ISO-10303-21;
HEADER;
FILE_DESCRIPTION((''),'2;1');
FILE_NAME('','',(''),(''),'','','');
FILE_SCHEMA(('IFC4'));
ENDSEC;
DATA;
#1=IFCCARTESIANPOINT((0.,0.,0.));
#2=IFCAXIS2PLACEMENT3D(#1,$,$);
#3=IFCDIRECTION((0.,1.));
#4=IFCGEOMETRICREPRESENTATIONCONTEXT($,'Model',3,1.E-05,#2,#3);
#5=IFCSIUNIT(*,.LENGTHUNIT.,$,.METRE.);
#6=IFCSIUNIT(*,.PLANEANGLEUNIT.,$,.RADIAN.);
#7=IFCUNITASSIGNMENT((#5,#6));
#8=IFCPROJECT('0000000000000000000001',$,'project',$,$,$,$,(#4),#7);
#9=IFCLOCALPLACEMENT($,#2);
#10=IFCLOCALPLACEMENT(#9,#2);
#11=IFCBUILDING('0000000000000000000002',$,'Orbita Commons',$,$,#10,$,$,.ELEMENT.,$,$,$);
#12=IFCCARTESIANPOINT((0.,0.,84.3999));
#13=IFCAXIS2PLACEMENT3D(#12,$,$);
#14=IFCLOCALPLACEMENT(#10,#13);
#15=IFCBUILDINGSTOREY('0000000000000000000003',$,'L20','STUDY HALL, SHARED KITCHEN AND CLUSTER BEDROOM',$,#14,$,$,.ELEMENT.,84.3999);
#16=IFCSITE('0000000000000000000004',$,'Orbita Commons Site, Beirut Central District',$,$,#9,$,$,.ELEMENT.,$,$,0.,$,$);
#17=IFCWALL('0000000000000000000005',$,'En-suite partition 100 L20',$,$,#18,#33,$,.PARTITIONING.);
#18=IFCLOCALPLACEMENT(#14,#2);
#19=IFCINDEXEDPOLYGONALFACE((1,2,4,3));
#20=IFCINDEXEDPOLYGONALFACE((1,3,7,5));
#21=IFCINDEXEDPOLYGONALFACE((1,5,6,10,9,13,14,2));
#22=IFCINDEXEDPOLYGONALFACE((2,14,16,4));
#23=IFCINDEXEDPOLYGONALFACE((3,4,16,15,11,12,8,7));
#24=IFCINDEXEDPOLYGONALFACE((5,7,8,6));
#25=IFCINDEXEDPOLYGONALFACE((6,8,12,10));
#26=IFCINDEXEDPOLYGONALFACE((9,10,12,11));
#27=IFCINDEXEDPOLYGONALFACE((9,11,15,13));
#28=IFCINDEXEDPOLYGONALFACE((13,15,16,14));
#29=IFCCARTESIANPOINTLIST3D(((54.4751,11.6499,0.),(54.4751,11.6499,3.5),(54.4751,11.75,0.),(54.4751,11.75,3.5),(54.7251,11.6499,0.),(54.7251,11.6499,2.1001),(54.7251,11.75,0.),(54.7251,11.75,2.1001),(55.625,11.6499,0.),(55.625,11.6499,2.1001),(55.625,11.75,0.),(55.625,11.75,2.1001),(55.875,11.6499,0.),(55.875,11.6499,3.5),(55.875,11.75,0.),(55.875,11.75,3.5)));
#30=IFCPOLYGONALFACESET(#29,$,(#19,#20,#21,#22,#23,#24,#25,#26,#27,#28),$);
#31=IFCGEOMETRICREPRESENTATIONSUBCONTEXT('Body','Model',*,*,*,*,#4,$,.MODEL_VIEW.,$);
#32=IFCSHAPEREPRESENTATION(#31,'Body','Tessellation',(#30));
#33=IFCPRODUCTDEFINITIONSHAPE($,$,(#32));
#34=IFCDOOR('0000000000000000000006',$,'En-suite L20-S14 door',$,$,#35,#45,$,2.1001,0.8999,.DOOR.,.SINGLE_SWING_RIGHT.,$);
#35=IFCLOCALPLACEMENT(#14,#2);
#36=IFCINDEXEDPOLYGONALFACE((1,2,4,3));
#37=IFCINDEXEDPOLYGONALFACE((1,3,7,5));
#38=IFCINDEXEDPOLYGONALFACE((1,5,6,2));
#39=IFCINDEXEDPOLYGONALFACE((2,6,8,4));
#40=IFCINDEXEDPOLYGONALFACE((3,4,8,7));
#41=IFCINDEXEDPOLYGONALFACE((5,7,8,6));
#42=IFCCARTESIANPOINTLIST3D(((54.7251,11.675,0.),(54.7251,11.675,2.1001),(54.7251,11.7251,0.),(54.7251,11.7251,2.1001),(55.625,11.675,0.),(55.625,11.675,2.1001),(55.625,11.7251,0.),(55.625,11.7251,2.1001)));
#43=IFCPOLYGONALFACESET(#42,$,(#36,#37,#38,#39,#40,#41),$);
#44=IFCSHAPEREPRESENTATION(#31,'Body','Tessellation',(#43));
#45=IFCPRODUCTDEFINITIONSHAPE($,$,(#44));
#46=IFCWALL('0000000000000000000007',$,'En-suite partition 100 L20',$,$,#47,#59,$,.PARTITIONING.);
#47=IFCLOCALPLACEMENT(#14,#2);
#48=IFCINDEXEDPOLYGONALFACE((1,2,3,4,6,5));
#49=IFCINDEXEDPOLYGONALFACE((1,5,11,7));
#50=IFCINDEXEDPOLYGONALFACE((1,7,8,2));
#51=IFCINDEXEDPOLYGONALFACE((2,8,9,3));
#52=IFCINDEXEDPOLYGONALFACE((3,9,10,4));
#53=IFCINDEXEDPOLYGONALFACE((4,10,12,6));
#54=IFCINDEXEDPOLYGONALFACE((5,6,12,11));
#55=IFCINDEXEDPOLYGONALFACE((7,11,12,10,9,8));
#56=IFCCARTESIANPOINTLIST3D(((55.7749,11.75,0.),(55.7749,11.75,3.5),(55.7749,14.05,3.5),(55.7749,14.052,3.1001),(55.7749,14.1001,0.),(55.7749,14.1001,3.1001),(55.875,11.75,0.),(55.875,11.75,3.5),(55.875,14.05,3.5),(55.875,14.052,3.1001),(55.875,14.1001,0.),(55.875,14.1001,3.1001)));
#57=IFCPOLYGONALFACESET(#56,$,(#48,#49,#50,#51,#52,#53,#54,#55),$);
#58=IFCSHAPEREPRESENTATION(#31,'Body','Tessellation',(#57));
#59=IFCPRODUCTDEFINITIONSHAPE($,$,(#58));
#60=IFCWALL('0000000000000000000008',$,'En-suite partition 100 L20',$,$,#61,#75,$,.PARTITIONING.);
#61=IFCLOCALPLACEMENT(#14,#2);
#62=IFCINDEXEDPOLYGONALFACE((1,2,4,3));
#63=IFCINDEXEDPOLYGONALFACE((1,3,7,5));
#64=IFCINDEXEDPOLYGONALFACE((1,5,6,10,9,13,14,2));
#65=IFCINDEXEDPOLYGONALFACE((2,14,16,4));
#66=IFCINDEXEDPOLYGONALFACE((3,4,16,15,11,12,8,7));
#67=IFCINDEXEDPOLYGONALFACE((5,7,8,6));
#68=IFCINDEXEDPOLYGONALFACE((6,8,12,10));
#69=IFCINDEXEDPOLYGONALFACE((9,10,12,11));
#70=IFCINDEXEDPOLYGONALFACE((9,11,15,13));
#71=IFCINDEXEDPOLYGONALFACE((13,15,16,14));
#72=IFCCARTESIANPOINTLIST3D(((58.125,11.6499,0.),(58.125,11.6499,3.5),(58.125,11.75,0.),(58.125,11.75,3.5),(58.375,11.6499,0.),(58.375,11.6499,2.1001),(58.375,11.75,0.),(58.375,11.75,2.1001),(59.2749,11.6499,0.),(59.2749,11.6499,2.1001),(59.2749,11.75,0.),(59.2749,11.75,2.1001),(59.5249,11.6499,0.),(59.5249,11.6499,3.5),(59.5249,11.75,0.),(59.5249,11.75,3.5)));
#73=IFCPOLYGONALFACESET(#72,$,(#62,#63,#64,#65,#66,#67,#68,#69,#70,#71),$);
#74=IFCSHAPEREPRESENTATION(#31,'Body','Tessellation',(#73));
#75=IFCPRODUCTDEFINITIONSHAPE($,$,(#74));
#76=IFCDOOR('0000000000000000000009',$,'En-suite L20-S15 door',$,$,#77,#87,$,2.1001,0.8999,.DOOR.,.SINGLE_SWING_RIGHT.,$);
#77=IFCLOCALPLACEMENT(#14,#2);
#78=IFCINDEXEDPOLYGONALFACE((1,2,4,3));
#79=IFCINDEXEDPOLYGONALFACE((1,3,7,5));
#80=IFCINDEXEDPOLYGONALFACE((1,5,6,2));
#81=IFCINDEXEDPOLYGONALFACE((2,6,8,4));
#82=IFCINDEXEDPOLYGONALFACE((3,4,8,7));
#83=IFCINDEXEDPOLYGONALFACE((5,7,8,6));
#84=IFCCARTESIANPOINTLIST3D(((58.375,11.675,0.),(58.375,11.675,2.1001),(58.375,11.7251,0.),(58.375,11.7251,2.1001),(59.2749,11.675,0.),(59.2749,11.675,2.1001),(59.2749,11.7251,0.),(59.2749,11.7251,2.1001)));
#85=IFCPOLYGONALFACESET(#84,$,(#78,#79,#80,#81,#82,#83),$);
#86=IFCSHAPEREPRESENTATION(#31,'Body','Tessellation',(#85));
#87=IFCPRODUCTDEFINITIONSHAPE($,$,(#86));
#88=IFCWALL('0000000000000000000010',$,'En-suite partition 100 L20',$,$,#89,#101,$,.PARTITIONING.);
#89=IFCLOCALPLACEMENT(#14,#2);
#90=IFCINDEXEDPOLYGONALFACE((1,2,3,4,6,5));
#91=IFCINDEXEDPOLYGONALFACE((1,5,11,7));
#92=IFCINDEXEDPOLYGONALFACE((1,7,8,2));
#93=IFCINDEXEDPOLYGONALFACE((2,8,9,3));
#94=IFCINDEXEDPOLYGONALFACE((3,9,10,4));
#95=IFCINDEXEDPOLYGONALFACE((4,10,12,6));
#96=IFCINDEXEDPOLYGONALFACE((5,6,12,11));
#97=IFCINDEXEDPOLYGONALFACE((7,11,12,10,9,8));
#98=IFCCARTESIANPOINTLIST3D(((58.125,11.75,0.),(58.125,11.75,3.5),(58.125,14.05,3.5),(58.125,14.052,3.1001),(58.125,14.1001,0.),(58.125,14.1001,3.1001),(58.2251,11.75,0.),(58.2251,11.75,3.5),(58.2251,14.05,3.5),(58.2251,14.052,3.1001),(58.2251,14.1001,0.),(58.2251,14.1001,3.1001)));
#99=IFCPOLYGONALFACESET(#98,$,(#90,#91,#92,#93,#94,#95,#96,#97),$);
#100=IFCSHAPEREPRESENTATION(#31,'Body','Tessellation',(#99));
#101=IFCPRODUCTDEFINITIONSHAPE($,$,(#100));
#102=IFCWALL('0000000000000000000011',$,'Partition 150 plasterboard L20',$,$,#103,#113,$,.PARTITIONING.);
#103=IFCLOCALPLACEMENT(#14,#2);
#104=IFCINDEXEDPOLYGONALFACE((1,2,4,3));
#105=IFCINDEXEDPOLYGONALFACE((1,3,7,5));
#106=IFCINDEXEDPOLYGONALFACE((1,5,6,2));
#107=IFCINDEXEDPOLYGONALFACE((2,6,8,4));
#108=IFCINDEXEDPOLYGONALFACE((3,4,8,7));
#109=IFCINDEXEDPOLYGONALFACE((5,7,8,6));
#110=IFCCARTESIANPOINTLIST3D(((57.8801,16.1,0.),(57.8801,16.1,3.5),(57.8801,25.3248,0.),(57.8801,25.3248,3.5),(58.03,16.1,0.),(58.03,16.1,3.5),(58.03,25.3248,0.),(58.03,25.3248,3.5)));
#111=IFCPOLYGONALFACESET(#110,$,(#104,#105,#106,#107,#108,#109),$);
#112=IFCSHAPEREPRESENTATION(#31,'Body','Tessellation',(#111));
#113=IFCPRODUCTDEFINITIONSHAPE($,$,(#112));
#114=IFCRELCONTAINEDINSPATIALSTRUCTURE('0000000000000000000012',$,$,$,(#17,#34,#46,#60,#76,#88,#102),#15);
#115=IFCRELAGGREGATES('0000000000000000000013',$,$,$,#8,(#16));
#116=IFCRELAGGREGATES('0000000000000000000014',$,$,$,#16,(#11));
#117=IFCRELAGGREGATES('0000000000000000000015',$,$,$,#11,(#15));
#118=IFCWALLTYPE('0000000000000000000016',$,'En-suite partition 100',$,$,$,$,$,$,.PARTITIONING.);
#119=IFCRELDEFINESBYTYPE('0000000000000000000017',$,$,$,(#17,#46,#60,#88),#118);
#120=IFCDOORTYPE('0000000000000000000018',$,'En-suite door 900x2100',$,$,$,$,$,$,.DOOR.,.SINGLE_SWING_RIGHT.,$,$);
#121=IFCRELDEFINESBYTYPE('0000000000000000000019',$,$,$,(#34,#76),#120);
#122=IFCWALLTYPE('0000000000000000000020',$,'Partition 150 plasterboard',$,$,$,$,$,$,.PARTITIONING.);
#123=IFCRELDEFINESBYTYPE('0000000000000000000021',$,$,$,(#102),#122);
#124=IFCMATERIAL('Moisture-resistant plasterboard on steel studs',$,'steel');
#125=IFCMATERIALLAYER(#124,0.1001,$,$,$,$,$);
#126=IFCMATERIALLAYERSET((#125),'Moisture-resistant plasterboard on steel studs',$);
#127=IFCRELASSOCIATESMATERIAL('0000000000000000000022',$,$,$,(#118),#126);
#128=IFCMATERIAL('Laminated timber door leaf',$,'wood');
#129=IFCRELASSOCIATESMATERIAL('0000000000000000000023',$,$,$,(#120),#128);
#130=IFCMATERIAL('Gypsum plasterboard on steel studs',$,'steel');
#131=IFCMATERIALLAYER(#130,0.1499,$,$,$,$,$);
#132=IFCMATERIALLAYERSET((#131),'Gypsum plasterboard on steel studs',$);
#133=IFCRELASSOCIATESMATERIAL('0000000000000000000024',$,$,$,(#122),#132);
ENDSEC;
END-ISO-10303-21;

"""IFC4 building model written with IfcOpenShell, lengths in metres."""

from ifc_helpers import new_model, si_unit, direction, frame, frame_2d, origin, place, context, subcontext, project, spatial, polyline, rectangle, outline, extrude, material, layer, layer_set, type_object, element, fill, save


model = new_model("IFC4")

# Units and contexts
model_context = context("Model", 3, precision=1e-05, world=origin(), true_north=direction((0.0, 1.0)))
body_context = subcontext(model_context, "Body", "Model", "MODEL_VIEW")
ifc_project = project(units=[si_unit("LENGTHUNIT", "METRE"), si_unit("PLANEANGLEUNIT", "RADIAN")], contexts=[model_context])

# Site, building, storey
site_placement = place(None, origin())
site = spatial("IfcSite", under=ifc_project, at=site_placement, Name="Orbita Commons Site, Beirut Central District", CompositionType="ELEMENT", RefElevation=0.0)
building_placement = place(site_placement, origin())
building = spatial("IfcBuilding", under=site, at=building_placement, Name="Orbita Commons", CompositionType="ELEMENT")
storey_placement = place(building_placement, frame((0.0, 0.0, 84.3999)))
storey = spatial("IfcBuildingStorey", under=building, at=storey_placement, Name="L20", Description="STUDY HALL, SHARED KITCHEN AND CLUSTER BEDROOM", CompositionType="ELEMENT", Elevation=84.3999)

# Wall, opening, door
ifc_material_1 = material(Name="Moisture-resistant plasterboard on steel studs", Category="steel")
ifc_layer_1 = layer(ifc_material_1, 0.1001)
ifc_layer_set_1 = layer_set([ifc_layer_1], Name="Moisture-resistant plasterboard on steel studs")
wall_type_1 = type_object("IfcWallType", Name="En-suite partition 100", PredefinedType="PARTITIONING", material=ifc_layer_set_1)
wall_1_placement = place(storey_placement, frame((55.875, 11.7, 0.0), z_axis=(0.0, 0.0, 1.0), x_axis=(-1.0, 0.0, 0.0)))
wall_1 = element("IfcWall", 1, at=wall_1_placement, inside=storey, type_object=wall_type_1, Name="En-suite partition 100 L20", PredefinedType="PARTITIONING", context=body_context, shape_type="SweptSolid", body=[
    extrude(rectangle(XDim=1.3999, YDim=0.1001, at=frame_2d((0.7, 0.0))), origin(), (0.0, 0.0, 1.0), 3.5),
])
opening_1_placement = place(wall_1_placement, frame((0.25, 0.0, 0.0)))
opening_1 = element("IfcOpeningElement", 2, at=opening_1_placement, cuts=wall_1, PredefinedType="OPENING", context=body_context, shape_type="SweptSolid", body=[
    extrude(rectangle(XDim=0.8999, YDim=2.1001, at=frame_2d((0.45, 1.05))), frame((0.0, 0.0601, 0.0), z_axis=(0.0, -1.0, 0.0), x_axis=(1.0, 0.0, 0.0)), (0.0, 0.0, 1.0), 0.1201),
])
ifc_material_2 = material(Name="Laminated timber door leaf", Category="wood")
door_type_1 = type_object("IfcDoorType", Name="En-suite door 900x2100", OperationType="SINGLE_SWING_RIGHT", PredefinedType="DOOR", material=ifc_material_2)
door_1_placement = place(opening_1_placement, origin())
door_1 = element("IfcDoor", 3, at=door_1_placement, inside=storey, type_object=door_type_1, Name="En-suite L20-S14 door", OperationType="SINGLE_SWING_RIGHT", OverallHeight=2.1001, OverallWidth=0.8999, PredefinedType="DOOR", context=body_context, shape_type="SweptSolid", body=[
    extrude(rectangle(XDim=0.8999, YDim=2.1001, at=frame_2d((0.45, 1.05))), frame((0.0, 0.0249, 0.0), z_axis=(0.0, -1.0, 0.0), x_axis=(1.0, 0.0, 0.0)), (0.0, 0.0, 1.0), 0.05),
])
fill(opening_1, door_1)

# Wall
wall_2_placement = place(storey_placement, frame((55.825, 11.75, 0.0), z_axis=(0.0, 0.0, 1.0), x_axis=(0.0, 1.0, 0.0)))
element("IfcWall", 4, at=wall_2_placement, inside=storey, type_object=wall_type_1, Name="En-suite partition 100 L20", PredefinedType="PARTITIONING", context=body_context, shape_type="SweptSolid", body=[
    extrude(outline(polyline([(0.0, 0.0), (2.3501, 0.0), (2.3501, 3.1001), (2.302, 3.1001), (2.3, 3.5), (0.0, 3.5), (0.0, 0.0)])), frame((0.0, 0.05, 0.0), z_axis=(0.0, -1.0, 0.0), x_axis=(1.0, 0.0, 0.0)), (0.0, 0.0, 1.0), 0.1001),
])

# Wall, opening, door
wall_3_placement = place(storey_placement, frame((59.5249, 11.7, 0.0), z_axis=(0.0, 0.0, 1.0), x_axis=(-1.0, 0.0, 0.0)))
wall_3 = element("IfcWall", 5, at=wall_3_placement, inside=storey, type_object=wall_type_1, Name="En-suite partition 100 L20", PredefinedType="PARTITIONING", context=body_context, shape_type="SweptSolid", body=[
    extrude(rectangle(XDim=1.3999, YDim=0.1001, at=frame_2d((0.7, 0.0))), origin(), (0.0, 0.0, 1.0), 3.5),
])
opening_2_placement = place(wall_3_placement, frame((0.25, 0.0, 0.0)))
opening_2 = element("IfcOpeningElement", 6, at=opening_2_placement, cuts=wall_3, PredefinedType="OPENING", context=body_context, shape_type="SweptSolid", body=[
    extrude(rectangle(XDim=0.8999, YDim=2.1001, at=frame_2d((0.45, 1.05))), frame((0.0, 0.0601, 0.0), z_axis=(0.0, -1.0, 0.0), x_axis=(1.0, 0.0, 0.0)), (0.0, 0.0, 1.0), 0.1201),
])
door_2_placement = place(opening_2_placement, origin())
door_2 = element("IfcDoor", 7, at=door_2_placement, inside=storey, type_object=door_type_1, Name="En-suite L20-S15 door", OperationType="SINGLE_SWING_RIGHT", OverallHeight=2.1001, OverallWidth=0.8999, PredefinedType="DOOR", context=body_context, shape_type="SweptSolid", body=[
    extrude(rectangle(XDim=0.8999, YDim=2.1001, at=frame_2d((0.45, 1.05))), frame((0.0, 0.0249, 0.0), z_axis=(0.0, -1.0, 0.0), x_axis=(1.0, 0.0, 0.0)), (0.0, 0.0, 1.0), 0.05),
])
fill(opening_2, door_2)

# Walls
wall_4_placement = place(storey_placement, frame((58.175, 11.75, 0.0), z_axis=(0.0, 0.0, 1.0), x_axis=(0.0, 1.0, 0.0)))
element("IfcWall", 8, at=wall_4_placement, inside=storey, type_object=wall_type_1, Name="En-suite partition 100 L20", PredefinedType="PARTITIONING", context=body_context, shape_type="SweptSolid", body=[
    extrude(outline(polyline([(0.0, 0.0), (2.3501, 0.0), (2.3501, 3.1001), (2.302, 3.1001), (2.3, 3.5), (0.0, 3.5), (0.0, 0.0)])), frame((0.0, 0.05, 0.0), z_axis=(0.0, -1.0, 0.0), x_axis=(1.0, 0.0, 0.0)), (0.0, 0.0, 1.0), 0.1001),
])
ifc_material_3 = material(Name="Gypsum plasterboard on steel studs", Category="steel")
ifc_layer_2 = layer(ifc_material_3, 0.1499)
ifc_layer_set_2 = layer_set([ifc_layer_2], Name="Gypsum plasterboard on steel studs")
wall_type_2 = type_object("IfcWallType", Name="Partition 150 plasterboard", PredefinedType="PARTITIONING", material=ifc_layer_set_2)
wall_5_placement = place(storey_placement, frame((57.9551, 16.1001, 0.0), z_axis=(0.0, 0.0, 1.0), x_axis=(0.0, 1.0, 0.0)))
element("IfcWall", 9, at=wall_5_placement, inside=storey, type_object=wall_type_2, Name="Partition 150 plasterboard L20", PredefinedType="PARTITIONING", context=body_context, shape_type="SweptSolid", body=[
    extrude(rectangle(XDim=9.2249, YDim=0.1499, at=frame_2d((4.6123, 0.0))), origin(), (0.0, 0.0, 1.0), 3.5),
])

save(model, "model.ifc")
